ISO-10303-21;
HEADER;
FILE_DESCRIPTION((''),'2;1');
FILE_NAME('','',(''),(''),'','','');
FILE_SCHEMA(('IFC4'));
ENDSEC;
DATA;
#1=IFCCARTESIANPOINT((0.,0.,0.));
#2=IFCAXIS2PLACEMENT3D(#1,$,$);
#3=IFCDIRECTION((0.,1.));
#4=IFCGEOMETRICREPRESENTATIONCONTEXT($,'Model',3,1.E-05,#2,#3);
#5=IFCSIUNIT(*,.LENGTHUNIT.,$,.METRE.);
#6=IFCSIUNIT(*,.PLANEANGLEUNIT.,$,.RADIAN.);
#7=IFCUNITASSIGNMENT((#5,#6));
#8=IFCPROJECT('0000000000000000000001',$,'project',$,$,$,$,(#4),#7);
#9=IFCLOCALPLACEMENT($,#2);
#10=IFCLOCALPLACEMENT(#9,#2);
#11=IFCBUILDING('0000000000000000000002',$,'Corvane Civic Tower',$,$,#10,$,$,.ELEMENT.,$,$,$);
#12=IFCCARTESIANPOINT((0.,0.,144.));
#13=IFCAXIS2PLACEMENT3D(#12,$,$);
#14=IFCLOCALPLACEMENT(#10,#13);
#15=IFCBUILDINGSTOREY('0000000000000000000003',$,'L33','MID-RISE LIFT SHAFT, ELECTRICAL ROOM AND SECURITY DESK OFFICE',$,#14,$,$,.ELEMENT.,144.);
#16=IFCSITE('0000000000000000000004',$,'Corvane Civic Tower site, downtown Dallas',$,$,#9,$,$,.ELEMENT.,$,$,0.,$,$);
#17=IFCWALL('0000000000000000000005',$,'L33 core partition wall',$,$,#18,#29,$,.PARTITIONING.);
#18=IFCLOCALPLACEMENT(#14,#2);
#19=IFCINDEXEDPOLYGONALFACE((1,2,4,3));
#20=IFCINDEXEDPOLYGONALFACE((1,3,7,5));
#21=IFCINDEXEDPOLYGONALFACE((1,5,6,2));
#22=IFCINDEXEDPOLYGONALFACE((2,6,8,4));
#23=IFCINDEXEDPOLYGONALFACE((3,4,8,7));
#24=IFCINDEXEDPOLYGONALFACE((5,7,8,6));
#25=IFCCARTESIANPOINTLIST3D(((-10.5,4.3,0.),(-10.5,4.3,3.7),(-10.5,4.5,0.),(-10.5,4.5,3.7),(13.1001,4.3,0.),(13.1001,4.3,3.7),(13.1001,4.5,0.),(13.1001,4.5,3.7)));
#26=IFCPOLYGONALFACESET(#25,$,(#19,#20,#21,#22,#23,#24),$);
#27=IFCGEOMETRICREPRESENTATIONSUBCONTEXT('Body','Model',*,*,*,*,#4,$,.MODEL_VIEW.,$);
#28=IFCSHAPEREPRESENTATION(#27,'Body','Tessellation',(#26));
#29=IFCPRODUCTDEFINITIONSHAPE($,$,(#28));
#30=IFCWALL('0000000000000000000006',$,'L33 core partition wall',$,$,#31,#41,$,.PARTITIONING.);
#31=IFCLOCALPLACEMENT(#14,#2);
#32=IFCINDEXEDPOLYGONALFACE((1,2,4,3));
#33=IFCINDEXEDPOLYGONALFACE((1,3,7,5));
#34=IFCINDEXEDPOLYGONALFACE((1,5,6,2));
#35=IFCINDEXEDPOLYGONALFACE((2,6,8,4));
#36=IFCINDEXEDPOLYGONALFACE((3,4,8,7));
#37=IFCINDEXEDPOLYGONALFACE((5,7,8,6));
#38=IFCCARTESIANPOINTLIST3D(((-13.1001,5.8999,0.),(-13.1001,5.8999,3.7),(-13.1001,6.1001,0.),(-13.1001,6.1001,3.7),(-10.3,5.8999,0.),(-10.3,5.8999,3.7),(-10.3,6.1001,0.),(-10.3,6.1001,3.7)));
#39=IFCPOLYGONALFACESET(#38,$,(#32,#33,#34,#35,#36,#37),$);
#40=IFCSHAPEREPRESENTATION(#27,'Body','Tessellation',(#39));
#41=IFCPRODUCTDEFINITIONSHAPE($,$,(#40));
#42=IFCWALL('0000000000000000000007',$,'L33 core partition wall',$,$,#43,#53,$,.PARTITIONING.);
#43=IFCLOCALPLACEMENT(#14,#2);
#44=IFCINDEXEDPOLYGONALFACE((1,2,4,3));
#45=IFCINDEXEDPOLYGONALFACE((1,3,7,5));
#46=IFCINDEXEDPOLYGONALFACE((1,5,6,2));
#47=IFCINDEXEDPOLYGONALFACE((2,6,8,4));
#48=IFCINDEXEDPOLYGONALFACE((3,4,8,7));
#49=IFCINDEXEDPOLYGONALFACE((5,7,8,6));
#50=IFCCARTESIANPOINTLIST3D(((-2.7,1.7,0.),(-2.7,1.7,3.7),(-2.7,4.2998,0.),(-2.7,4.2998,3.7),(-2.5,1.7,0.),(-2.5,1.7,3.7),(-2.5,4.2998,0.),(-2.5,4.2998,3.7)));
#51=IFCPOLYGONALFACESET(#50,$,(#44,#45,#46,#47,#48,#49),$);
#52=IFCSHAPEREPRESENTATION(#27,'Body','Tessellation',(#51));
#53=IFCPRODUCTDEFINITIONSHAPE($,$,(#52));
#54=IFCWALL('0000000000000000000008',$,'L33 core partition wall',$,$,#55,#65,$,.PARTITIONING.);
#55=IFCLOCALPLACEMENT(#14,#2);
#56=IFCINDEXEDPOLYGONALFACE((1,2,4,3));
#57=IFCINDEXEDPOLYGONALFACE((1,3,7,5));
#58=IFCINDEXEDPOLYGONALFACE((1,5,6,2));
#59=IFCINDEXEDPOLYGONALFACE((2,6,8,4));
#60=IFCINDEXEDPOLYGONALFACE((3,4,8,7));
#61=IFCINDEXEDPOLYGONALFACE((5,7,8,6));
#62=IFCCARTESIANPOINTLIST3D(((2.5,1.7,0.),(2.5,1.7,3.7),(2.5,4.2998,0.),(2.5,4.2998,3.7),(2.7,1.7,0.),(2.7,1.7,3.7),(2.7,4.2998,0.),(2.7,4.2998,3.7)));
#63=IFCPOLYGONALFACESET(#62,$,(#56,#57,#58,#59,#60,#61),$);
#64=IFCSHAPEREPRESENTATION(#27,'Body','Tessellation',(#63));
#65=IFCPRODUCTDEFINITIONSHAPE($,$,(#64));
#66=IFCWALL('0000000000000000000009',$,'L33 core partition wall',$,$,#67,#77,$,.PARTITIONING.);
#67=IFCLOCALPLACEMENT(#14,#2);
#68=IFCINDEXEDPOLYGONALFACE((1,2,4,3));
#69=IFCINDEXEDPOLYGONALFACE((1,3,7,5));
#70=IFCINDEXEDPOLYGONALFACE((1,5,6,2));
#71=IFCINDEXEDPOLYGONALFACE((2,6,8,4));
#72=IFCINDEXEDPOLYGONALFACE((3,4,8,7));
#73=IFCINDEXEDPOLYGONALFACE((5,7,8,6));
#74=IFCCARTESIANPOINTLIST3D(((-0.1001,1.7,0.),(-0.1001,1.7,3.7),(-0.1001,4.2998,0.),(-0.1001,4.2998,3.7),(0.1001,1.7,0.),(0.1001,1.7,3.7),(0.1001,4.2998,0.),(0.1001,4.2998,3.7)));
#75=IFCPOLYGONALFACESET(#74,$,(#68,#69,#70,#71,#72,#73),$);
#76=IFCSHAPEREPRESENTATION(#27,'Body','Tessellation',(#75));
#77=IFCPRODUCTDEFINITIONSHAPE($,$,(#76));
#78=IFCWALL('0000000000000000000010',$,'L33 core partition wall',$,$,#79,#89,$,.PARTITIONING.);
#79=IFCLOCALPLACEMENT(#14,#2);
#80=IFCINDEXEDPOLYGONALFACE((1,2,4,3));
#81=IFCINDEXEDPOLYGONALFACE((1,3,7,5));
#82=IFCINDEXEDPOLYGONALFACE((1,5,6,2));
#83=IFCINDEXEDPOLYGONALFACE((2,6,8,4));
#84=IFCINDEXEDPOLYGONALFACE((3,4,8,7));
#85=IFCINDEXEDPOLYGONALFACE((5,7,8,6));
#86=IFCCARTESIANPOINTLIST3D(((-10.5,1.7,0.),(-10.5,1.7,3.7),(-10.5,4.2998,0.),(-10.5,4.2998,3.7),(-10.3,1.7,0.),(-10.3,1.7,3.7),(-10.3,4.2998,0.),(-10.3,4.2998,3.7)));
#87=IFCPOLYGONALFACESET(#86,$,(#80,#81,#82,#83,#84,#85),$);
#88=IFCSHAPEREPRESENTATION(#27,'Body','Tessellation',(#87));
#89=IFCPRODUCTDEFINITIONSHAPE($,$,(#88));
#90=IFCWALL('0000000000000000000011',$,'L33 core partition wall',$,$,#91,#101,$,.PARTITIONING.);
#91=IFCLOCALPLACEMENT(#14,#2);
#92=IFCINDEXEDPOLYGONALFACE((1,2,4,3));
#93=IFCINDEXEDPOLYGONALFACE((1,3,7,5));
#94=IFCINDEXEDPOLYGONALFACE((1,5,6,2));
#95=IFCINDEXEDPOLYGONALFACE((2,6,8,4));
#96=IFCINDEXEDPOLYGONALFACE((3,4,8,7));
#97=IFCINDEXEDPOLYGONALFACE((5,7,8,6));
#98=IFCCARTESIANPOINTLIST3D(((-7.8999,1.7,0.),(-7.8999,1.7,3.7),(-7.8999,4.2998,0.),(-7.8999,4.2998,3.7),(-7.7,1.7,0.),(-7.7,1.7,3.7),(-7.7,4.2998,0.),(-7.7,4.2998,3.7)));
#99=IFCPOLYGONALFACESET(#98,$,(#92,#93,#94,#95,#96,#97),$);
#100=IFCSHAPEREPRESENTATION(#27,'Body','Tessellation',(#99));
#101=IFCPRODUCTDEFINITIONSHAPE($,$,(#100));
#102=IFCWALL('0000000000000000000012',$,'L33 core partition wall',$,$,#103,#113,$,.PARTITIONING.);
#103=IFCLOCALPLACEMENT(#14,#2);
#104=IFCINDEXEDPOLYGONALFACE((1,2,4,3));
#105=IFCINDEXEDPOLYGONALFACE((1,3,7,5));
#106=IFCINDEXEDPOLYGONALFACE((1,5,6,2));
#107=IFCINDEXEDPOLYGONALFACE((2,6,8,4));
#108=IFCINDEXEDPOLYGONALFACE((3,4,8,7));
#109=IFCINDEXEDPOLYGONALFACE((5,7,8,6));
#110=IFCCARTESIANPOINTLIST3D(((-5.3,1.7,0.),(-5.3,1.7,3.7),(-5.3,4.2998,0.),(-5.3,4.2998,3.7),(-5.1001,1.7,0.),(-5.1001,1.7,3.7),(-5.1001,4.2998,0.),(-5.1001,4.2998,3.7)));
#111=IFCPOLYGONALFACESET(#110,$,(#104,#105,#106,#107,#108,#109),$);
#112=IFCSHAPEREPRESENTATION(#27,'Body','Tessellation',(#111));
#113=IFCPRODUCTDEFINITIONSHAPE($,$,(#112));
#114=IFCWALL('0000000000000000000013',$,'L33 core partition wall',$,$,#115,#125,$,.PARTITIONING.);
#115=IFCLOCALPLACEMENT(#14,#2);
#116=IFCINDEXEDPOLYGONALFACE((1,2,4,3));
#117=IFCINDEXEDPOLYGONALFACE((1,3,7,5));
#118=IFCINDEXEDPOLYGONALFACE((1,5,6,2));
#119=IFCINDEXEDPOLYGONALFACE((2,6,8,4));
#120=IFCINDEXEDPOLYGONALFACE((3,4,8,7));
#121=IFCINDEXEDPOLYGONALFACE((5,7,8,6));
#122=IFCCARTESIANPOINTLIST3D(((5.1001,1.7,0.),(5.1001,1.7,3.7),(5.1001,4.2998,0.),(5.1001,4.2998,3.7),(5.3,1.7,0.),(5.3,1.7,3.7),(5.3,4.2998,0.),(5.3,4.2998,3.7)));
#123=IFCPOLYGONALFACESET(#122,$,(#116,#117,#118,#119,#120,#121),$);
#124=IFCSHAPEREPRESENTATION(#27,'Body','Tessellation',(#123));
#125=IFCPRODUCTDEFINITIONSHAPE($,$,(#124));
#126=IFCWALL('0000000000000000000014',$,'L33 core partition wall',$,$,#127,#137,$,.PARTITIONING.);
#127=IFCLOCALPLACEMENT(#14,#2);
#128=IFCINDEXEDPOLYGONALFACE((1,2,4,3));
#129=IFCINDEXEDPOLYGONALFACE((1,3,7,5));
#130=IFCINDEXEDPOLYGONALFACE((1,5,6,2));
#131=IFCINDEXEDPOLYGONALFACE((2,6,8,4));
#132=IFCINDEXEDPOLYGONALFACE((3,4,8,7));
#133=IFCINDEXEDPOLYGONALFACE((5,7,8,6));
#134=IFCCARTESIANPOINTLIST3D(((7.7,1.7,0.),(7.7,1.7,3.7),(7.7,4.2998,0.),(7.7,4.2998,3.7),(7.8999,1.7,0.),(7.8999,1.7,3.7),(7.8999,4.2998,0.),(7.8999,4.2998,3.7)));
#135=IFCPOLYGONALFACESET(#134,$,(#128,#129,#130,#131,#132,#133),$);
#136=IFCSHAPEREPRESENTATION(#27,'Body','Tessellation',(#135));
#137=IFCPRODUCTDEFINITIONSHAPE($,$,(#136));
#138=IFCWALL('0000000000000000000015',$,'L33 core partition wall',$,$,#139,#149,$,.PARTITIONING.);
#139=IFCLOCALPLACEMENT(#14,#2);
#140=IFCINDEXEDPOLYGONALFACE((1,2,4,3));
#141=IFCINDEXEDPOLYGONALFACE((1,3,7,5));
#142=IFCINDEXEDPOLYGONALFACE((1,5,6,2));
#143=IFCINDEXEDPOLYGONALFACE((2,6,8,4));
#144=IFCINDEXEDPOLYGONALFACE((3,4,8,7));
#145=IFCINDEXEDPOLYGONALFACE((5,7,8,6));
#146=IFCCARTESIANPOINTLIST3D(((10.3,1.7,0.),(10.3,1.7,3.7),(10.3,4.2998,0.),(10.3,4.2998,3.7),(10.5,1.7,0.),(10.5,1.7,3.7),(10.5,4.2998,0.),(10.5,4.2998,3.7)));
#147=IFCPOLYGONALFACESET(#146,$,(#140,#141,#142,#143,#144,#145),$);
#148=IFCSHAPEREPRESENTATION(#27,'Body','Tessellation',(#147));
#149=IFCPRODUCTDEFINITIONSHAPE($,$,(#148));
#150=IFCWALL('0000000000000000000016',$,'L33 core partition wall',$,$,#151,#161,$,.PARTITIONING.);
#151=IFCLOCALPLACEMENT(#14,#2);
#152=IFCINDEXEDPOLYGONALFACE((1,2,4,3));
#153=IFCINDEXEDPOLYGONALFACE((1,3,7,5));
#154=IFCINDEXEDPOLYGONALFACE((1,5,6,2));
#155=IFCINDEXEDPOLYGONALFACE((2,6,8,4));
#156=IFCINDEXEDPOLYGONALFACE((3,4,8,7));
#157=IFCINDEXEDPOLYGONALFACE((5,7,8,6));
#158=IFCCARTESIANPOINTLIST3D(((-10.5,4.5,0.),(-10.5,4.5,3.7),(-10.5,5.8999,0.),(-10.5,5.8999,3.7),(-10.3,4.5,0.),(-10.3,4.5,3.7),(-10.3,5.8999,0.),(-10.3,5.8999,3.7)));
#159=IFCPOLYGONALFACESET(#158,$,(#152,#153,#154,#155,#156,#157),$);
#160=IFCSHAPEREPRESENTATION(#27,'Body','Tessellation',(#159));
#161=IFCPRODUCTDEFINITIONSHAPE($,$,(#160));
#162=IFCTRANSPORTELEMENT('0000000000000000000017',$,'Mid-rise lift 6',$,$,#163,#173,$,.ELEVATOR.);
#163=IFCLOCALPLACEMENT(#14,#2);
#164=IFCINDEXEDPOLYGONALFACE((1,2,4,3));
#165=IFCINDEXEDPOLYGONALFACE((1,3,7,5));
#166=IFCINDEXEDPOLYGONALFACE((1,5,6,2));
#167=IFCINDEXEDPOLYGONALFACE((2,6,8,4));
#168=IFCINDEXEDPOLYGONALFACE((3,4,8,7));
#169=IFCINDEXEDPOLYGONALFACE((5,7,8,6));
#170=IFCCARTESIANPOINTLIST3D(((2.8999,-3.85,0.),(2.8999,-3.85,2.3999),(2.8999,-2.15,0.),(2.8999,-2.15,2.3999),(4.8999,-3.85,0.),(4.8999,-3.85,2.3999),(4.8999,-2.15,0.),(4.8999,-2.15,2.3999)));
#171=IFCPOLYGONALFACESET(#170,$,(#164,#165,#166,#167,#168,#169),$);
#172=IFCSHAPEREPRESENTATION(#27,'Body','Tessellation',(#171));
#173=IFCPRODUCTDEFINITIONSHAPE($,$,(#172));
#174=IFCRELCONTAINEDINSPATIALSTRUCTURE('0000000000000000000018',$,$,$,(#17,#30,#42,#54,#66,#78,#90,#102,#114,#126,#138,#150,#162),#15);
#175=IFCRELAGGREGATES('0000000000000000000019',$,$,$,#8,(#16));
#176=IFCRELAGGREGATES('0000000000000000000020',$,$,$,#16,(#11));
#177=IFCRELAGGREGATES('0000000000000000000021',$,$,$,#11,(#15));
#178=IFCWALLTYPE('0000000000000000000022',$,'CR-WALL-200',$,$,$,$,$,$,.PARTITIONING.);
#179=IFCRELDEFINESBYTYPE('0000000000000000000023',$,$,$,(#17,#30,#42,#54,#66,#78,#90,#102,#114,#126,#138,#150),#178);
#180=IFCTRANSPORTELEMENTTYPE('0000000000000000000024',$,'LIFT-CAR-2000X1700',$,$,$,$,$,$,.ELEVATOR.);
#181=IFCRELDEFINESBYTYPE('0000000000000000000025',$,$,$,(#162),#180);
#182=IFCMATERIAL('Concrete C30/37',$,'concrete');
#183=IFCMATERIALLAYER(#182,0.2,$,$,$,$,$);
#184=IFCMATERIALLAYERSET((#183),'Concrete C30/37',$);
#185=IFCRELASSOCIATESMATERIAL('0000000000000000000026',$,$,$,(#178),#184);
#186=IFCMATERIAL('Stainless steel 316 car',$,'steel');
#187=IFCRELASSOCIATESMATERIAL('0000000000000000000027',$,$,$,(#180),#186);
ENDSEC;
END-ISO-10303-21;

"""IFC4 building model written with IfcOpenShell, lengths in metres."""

from ifc_helpers import new_model, si_unit, direction, frame, origin, origin_2d, place, context, subcontext, project, spatial, polyline, rectangle, outline, extrude, material, layer, layer_set, type_object, element, save


model = new_model("IFC4")

# Units and contexts
model_context = context("Model", 3, precision=1e-05, world=origin(), true_north=direction((0.0, 1.0)))
body_context = subcontext(model_context, "Body", "Model", "MODEL_VIEW")
ifc_project = project(units=[si_unit("LENGTHUNIT", "METRE"), si_unit("PLANEANGLEUNIT", "RADIAN")], contexts=[model_context])

# Site, building, storey
site_placement = place(None, origin())
site = spatial("IfcSite", under=ifc_project, at=site_placement, Name="Corvane Civic Tower site, downtown Dallas", CompositionType="ELEMENT", RefElevation=0.0)
building_placement = place(site_placement, origin())
building = spatial("IfcBuilding", under=site, at=building_placement, Name="Corvane Civic Tower", CompositionType="ELEMENT")
storey_placement = place(building_placement, frame((0.0, 0.0, 144.0)))
storey = spatial("IfcBuildingStorey", under=building, at=storey_placement, Name="L33", Description="MID-RISE LIFT SHAFT, ELECTRICAL ROOM AND SECURITY DESK OFFICE", CompositionType="ELEMENT", Elevation=144.0)

# Shared definitions
ifc_material_1 = material(Name="Concrete C30/37", Category="concrete")
ifc_layer = layer(ifc_material_1, 0.2)
ifc_layer_set = layer_set([ifc_layer], Name="Concrete C30/37")
wall_type = type_object("IfcWallType", Name="CR-WALL-200", PredefinedType="PARTITIONING", material=ifc_layer_set)

# Walls
wall_1_placement = place(storey_placement, origin())
element("IfcWall", 1, at=wall_1_placement, inside=storey, type_object=wall_type, Name="L33 core partition wall", PredefinedType="PARTITIONING", context=body_context, shape_type="SweptSolid", body=[
    extrude(outline(polyline([(13.1001, 4.5), (13.1001, 4.3), (-10.5, 4.3), (-10.5, 4.5), (13.1001, 4.5)])), origin(), (0.0, 0.0, 1.0), 3.7),
])
wall_2_placement = place(storey_placement, origin())
element("IfcWall", 2, at=wall_2_placement, inside=storey, type_object=wall_type, Name="L33 core partition wall", PredefinedType="PARTITIONING", context=body_context, shape_type="SweptSolid", body=[
    extrude(outline(polyline([(-10.3, 5.8999), (-13.1001, 5.8999), (-13.1001, 6.1001), (-10.3, 6.1001), (-10.3, 5.8999)])), origin(), (0.0, 0.0, 1.0), 3.7),
])
wall_3_placement = place(storey_placement, origin())
element("IfcWall", 3, at=wall_3_placement, inside=storey, type_object=wall_type, Name="L33 core partition wall", PredefinedType="PARTITIONING", context=body_context, shape_type="SweptSolid", body=[
    extrude(outline(polyline([(-2.5, 1.7), (-2.7, 1.7), (-2.7, 4.2998), (-2.5, 4.2998), (-2.5, 1.7)])), origin(), (0.0, 0.0, 1.0), 3.7),
])
wall_4_placement = place(storey_placement, origin())
element("IfcWall", 4, at=wall_4_placement, inside=storey, type_object=wall_type, Name="L33 core partition wall", PredefinedType="PARTITIONING", context=body_context, shape_type="SweptSolid", body=[
    extrude(outline(polyline([(2.7, 1.7), (2.5, 1.7), (2.5, 4.2998), (2.7, 4.2998), (2.7, 1.7)])), origin(), (0.0, 0.0, 1.0), 3.7),
])
wall_5_placement = place(storey_placement, origin())
element("IfcWall", 5, at=wall_5_placement, inside=storey, type_object=wall_type, Name="L33 core partition wall", PredefinedType="PARTITIONING", context=body_context, shape_type="SweptSolid", body=[
    extrude(outline(polyline([(0.1001, 1.7), (-0.1001, 1.7), (-0.1001, 4.2998), (0.1001, 4.2998), (0.1001, 1.7)])), origin(), (0.0, 0.0, 1.0), 3.7),
])
wall_6_placement = place(storey_placement, origin())
element("IfcWall", 6, at=wall_6_placement, inside=storey, type_object=wall_type, Name="L33 core partition wall", PredefinedType="PARTITIONING", context=body_context, shape_type="SweptSolid", body=[
    extrude(outline(polyline([(-10.3, 1.7), (-10.5, 1.7), (-10.5, 4.2998), (-10.3, 4.2998), (-10.3, 1.7)])), origin(), (0.0, 0.0, 1.0), 3.7),
])
wall_7_placement = place(storey_placement, origin())
element("IfcWall", 7, at=wall_7_placement, inside=storey, type_object=wall_type, Name="L33 core partition wall", PredefinedType="PARTITIONING", context=body_context, shape_type="SweptSolid", body=[
    extrude(outline(polyline([(-7.7, 1.7), (-7.8999, 1.7), (-7.8999, 4.2998), (-7.7, 4.2998), (-7.7, 1.7)])), origin(), (0.0, 0.0, 1.0), 3.7),
])
wall_8_placement = place(storey_placement, origin())
element("IfcWall", 8, at=wall_8_placement, inside=storey, type_object=wall_type, Name="L33 core partition wall", PredefinedType="PARTITIONING", context=body_context, shape_type="SweptSolid", body=[
    extrude(outline(polyline([(-5.1001, 1.7), (-5.3, 1.7), (-5.3, 4.2998), (-5.1001, 4.2998), (-5.1001, 1.7)])), origin(), (0.0, 0.0, 1.0), 3.7),
])
wall_9_placement = place(storey_placement, origin())
element("IfcWall", 9, at=wall_9_placement, inside=storey, type_object=wall_type, Name="L33 core partition wall", PredefinedType="PARTITIONING", context=body_context, shape_type="SweptSolid", body=[
    extrude(outline(polyline([(5.3, 1.7), (5.1001, 1.7), (5.1001, 4.2998), (5.3, 4.2998), (5.3, 1.7)])), origin(), (0.0, 0.0, 1.0), 3.7),
])
wall_10_placement = place(storey_placement, origin())
element("IfcWall", 10, at=wall_10_placement, inside=storey, type_object=wall_type, Name="L33 core partition wall", PredefinedType="PARTITIONING", context=body_context, shape_type="SweptSolid", body=[
    extrude(outline(polyline([(7.8999, 1.7), (7.7, 1.7), (7.7, 4.2998), (7.8999, 4.2998), (7.8999, 1.7)])), origin(), (0.0, 0.0, 1.0), 3.7),
])
wall_11_placement = place(storey_placement, origin())
element("IfcWall", 11, at=wall_11_placement, inside=storey, type_object=wall_type, Name="L33 core partition wall", PredefinedType="PARTITIONING", context=body_context, shape_type="SweptSolid", body=[
    extrude(outline(polyline([(10.5, 1.7), (10.3, 1.7), (10.3, 4.2998), (10.5, 4.2998), (10.5, 1.7)])), origin(), (0.0, 0.0, 1.0), 3.7),
])
wall_12_placement = place(storey_placement, origin())
element("IfcWall", 12, at=wall_12_placement, inside=storey, type_object=wall_type, Name="L33 core partition wall", PredefinedType="PARTITIONING", context=body_context, shape_type="SweptSolid", body=[
    extrude(outline(polyline([(-10.3, 4.5), (-10.5, 4.5), (-10.5, 5.8999), (-10.3, 5.8999), (-10.3, 4.5)])), origin(), (0.0, 0.0, 1.0), 3.7),
])

# Transport element
ifc_material_2 = material(Name="Stainless steel 316 car", Category="steel")
transport_element_type = type_object("IfcTransportElementType", Name="LIFT-CAR-2000X1700", PredefinedType="ELEVATOR", material=ifc_material_2)
transport_element_placement = place(storey_placement, frame((3.8999, -3.0, 0.0), z_axis=(0.0, 0.0, 1.0), x_axis=(1.0, 0.0, 0.0)))
element("IfcTransportElement", 13, at=transport_element_placement, inside=storey, type_object=transport_element_type, Name="Mid-rise lift 6", PredefinedType="ELEVATOR", context=body_context, shape_type="SweptSolid", body=[
    extrude(rectangle(XDim=2.0, YDim=1.7, at=origin_2d()), origin(), (0.0, 0.0, 1.0), 2.3999),
])

save(model, "model.ifc")
